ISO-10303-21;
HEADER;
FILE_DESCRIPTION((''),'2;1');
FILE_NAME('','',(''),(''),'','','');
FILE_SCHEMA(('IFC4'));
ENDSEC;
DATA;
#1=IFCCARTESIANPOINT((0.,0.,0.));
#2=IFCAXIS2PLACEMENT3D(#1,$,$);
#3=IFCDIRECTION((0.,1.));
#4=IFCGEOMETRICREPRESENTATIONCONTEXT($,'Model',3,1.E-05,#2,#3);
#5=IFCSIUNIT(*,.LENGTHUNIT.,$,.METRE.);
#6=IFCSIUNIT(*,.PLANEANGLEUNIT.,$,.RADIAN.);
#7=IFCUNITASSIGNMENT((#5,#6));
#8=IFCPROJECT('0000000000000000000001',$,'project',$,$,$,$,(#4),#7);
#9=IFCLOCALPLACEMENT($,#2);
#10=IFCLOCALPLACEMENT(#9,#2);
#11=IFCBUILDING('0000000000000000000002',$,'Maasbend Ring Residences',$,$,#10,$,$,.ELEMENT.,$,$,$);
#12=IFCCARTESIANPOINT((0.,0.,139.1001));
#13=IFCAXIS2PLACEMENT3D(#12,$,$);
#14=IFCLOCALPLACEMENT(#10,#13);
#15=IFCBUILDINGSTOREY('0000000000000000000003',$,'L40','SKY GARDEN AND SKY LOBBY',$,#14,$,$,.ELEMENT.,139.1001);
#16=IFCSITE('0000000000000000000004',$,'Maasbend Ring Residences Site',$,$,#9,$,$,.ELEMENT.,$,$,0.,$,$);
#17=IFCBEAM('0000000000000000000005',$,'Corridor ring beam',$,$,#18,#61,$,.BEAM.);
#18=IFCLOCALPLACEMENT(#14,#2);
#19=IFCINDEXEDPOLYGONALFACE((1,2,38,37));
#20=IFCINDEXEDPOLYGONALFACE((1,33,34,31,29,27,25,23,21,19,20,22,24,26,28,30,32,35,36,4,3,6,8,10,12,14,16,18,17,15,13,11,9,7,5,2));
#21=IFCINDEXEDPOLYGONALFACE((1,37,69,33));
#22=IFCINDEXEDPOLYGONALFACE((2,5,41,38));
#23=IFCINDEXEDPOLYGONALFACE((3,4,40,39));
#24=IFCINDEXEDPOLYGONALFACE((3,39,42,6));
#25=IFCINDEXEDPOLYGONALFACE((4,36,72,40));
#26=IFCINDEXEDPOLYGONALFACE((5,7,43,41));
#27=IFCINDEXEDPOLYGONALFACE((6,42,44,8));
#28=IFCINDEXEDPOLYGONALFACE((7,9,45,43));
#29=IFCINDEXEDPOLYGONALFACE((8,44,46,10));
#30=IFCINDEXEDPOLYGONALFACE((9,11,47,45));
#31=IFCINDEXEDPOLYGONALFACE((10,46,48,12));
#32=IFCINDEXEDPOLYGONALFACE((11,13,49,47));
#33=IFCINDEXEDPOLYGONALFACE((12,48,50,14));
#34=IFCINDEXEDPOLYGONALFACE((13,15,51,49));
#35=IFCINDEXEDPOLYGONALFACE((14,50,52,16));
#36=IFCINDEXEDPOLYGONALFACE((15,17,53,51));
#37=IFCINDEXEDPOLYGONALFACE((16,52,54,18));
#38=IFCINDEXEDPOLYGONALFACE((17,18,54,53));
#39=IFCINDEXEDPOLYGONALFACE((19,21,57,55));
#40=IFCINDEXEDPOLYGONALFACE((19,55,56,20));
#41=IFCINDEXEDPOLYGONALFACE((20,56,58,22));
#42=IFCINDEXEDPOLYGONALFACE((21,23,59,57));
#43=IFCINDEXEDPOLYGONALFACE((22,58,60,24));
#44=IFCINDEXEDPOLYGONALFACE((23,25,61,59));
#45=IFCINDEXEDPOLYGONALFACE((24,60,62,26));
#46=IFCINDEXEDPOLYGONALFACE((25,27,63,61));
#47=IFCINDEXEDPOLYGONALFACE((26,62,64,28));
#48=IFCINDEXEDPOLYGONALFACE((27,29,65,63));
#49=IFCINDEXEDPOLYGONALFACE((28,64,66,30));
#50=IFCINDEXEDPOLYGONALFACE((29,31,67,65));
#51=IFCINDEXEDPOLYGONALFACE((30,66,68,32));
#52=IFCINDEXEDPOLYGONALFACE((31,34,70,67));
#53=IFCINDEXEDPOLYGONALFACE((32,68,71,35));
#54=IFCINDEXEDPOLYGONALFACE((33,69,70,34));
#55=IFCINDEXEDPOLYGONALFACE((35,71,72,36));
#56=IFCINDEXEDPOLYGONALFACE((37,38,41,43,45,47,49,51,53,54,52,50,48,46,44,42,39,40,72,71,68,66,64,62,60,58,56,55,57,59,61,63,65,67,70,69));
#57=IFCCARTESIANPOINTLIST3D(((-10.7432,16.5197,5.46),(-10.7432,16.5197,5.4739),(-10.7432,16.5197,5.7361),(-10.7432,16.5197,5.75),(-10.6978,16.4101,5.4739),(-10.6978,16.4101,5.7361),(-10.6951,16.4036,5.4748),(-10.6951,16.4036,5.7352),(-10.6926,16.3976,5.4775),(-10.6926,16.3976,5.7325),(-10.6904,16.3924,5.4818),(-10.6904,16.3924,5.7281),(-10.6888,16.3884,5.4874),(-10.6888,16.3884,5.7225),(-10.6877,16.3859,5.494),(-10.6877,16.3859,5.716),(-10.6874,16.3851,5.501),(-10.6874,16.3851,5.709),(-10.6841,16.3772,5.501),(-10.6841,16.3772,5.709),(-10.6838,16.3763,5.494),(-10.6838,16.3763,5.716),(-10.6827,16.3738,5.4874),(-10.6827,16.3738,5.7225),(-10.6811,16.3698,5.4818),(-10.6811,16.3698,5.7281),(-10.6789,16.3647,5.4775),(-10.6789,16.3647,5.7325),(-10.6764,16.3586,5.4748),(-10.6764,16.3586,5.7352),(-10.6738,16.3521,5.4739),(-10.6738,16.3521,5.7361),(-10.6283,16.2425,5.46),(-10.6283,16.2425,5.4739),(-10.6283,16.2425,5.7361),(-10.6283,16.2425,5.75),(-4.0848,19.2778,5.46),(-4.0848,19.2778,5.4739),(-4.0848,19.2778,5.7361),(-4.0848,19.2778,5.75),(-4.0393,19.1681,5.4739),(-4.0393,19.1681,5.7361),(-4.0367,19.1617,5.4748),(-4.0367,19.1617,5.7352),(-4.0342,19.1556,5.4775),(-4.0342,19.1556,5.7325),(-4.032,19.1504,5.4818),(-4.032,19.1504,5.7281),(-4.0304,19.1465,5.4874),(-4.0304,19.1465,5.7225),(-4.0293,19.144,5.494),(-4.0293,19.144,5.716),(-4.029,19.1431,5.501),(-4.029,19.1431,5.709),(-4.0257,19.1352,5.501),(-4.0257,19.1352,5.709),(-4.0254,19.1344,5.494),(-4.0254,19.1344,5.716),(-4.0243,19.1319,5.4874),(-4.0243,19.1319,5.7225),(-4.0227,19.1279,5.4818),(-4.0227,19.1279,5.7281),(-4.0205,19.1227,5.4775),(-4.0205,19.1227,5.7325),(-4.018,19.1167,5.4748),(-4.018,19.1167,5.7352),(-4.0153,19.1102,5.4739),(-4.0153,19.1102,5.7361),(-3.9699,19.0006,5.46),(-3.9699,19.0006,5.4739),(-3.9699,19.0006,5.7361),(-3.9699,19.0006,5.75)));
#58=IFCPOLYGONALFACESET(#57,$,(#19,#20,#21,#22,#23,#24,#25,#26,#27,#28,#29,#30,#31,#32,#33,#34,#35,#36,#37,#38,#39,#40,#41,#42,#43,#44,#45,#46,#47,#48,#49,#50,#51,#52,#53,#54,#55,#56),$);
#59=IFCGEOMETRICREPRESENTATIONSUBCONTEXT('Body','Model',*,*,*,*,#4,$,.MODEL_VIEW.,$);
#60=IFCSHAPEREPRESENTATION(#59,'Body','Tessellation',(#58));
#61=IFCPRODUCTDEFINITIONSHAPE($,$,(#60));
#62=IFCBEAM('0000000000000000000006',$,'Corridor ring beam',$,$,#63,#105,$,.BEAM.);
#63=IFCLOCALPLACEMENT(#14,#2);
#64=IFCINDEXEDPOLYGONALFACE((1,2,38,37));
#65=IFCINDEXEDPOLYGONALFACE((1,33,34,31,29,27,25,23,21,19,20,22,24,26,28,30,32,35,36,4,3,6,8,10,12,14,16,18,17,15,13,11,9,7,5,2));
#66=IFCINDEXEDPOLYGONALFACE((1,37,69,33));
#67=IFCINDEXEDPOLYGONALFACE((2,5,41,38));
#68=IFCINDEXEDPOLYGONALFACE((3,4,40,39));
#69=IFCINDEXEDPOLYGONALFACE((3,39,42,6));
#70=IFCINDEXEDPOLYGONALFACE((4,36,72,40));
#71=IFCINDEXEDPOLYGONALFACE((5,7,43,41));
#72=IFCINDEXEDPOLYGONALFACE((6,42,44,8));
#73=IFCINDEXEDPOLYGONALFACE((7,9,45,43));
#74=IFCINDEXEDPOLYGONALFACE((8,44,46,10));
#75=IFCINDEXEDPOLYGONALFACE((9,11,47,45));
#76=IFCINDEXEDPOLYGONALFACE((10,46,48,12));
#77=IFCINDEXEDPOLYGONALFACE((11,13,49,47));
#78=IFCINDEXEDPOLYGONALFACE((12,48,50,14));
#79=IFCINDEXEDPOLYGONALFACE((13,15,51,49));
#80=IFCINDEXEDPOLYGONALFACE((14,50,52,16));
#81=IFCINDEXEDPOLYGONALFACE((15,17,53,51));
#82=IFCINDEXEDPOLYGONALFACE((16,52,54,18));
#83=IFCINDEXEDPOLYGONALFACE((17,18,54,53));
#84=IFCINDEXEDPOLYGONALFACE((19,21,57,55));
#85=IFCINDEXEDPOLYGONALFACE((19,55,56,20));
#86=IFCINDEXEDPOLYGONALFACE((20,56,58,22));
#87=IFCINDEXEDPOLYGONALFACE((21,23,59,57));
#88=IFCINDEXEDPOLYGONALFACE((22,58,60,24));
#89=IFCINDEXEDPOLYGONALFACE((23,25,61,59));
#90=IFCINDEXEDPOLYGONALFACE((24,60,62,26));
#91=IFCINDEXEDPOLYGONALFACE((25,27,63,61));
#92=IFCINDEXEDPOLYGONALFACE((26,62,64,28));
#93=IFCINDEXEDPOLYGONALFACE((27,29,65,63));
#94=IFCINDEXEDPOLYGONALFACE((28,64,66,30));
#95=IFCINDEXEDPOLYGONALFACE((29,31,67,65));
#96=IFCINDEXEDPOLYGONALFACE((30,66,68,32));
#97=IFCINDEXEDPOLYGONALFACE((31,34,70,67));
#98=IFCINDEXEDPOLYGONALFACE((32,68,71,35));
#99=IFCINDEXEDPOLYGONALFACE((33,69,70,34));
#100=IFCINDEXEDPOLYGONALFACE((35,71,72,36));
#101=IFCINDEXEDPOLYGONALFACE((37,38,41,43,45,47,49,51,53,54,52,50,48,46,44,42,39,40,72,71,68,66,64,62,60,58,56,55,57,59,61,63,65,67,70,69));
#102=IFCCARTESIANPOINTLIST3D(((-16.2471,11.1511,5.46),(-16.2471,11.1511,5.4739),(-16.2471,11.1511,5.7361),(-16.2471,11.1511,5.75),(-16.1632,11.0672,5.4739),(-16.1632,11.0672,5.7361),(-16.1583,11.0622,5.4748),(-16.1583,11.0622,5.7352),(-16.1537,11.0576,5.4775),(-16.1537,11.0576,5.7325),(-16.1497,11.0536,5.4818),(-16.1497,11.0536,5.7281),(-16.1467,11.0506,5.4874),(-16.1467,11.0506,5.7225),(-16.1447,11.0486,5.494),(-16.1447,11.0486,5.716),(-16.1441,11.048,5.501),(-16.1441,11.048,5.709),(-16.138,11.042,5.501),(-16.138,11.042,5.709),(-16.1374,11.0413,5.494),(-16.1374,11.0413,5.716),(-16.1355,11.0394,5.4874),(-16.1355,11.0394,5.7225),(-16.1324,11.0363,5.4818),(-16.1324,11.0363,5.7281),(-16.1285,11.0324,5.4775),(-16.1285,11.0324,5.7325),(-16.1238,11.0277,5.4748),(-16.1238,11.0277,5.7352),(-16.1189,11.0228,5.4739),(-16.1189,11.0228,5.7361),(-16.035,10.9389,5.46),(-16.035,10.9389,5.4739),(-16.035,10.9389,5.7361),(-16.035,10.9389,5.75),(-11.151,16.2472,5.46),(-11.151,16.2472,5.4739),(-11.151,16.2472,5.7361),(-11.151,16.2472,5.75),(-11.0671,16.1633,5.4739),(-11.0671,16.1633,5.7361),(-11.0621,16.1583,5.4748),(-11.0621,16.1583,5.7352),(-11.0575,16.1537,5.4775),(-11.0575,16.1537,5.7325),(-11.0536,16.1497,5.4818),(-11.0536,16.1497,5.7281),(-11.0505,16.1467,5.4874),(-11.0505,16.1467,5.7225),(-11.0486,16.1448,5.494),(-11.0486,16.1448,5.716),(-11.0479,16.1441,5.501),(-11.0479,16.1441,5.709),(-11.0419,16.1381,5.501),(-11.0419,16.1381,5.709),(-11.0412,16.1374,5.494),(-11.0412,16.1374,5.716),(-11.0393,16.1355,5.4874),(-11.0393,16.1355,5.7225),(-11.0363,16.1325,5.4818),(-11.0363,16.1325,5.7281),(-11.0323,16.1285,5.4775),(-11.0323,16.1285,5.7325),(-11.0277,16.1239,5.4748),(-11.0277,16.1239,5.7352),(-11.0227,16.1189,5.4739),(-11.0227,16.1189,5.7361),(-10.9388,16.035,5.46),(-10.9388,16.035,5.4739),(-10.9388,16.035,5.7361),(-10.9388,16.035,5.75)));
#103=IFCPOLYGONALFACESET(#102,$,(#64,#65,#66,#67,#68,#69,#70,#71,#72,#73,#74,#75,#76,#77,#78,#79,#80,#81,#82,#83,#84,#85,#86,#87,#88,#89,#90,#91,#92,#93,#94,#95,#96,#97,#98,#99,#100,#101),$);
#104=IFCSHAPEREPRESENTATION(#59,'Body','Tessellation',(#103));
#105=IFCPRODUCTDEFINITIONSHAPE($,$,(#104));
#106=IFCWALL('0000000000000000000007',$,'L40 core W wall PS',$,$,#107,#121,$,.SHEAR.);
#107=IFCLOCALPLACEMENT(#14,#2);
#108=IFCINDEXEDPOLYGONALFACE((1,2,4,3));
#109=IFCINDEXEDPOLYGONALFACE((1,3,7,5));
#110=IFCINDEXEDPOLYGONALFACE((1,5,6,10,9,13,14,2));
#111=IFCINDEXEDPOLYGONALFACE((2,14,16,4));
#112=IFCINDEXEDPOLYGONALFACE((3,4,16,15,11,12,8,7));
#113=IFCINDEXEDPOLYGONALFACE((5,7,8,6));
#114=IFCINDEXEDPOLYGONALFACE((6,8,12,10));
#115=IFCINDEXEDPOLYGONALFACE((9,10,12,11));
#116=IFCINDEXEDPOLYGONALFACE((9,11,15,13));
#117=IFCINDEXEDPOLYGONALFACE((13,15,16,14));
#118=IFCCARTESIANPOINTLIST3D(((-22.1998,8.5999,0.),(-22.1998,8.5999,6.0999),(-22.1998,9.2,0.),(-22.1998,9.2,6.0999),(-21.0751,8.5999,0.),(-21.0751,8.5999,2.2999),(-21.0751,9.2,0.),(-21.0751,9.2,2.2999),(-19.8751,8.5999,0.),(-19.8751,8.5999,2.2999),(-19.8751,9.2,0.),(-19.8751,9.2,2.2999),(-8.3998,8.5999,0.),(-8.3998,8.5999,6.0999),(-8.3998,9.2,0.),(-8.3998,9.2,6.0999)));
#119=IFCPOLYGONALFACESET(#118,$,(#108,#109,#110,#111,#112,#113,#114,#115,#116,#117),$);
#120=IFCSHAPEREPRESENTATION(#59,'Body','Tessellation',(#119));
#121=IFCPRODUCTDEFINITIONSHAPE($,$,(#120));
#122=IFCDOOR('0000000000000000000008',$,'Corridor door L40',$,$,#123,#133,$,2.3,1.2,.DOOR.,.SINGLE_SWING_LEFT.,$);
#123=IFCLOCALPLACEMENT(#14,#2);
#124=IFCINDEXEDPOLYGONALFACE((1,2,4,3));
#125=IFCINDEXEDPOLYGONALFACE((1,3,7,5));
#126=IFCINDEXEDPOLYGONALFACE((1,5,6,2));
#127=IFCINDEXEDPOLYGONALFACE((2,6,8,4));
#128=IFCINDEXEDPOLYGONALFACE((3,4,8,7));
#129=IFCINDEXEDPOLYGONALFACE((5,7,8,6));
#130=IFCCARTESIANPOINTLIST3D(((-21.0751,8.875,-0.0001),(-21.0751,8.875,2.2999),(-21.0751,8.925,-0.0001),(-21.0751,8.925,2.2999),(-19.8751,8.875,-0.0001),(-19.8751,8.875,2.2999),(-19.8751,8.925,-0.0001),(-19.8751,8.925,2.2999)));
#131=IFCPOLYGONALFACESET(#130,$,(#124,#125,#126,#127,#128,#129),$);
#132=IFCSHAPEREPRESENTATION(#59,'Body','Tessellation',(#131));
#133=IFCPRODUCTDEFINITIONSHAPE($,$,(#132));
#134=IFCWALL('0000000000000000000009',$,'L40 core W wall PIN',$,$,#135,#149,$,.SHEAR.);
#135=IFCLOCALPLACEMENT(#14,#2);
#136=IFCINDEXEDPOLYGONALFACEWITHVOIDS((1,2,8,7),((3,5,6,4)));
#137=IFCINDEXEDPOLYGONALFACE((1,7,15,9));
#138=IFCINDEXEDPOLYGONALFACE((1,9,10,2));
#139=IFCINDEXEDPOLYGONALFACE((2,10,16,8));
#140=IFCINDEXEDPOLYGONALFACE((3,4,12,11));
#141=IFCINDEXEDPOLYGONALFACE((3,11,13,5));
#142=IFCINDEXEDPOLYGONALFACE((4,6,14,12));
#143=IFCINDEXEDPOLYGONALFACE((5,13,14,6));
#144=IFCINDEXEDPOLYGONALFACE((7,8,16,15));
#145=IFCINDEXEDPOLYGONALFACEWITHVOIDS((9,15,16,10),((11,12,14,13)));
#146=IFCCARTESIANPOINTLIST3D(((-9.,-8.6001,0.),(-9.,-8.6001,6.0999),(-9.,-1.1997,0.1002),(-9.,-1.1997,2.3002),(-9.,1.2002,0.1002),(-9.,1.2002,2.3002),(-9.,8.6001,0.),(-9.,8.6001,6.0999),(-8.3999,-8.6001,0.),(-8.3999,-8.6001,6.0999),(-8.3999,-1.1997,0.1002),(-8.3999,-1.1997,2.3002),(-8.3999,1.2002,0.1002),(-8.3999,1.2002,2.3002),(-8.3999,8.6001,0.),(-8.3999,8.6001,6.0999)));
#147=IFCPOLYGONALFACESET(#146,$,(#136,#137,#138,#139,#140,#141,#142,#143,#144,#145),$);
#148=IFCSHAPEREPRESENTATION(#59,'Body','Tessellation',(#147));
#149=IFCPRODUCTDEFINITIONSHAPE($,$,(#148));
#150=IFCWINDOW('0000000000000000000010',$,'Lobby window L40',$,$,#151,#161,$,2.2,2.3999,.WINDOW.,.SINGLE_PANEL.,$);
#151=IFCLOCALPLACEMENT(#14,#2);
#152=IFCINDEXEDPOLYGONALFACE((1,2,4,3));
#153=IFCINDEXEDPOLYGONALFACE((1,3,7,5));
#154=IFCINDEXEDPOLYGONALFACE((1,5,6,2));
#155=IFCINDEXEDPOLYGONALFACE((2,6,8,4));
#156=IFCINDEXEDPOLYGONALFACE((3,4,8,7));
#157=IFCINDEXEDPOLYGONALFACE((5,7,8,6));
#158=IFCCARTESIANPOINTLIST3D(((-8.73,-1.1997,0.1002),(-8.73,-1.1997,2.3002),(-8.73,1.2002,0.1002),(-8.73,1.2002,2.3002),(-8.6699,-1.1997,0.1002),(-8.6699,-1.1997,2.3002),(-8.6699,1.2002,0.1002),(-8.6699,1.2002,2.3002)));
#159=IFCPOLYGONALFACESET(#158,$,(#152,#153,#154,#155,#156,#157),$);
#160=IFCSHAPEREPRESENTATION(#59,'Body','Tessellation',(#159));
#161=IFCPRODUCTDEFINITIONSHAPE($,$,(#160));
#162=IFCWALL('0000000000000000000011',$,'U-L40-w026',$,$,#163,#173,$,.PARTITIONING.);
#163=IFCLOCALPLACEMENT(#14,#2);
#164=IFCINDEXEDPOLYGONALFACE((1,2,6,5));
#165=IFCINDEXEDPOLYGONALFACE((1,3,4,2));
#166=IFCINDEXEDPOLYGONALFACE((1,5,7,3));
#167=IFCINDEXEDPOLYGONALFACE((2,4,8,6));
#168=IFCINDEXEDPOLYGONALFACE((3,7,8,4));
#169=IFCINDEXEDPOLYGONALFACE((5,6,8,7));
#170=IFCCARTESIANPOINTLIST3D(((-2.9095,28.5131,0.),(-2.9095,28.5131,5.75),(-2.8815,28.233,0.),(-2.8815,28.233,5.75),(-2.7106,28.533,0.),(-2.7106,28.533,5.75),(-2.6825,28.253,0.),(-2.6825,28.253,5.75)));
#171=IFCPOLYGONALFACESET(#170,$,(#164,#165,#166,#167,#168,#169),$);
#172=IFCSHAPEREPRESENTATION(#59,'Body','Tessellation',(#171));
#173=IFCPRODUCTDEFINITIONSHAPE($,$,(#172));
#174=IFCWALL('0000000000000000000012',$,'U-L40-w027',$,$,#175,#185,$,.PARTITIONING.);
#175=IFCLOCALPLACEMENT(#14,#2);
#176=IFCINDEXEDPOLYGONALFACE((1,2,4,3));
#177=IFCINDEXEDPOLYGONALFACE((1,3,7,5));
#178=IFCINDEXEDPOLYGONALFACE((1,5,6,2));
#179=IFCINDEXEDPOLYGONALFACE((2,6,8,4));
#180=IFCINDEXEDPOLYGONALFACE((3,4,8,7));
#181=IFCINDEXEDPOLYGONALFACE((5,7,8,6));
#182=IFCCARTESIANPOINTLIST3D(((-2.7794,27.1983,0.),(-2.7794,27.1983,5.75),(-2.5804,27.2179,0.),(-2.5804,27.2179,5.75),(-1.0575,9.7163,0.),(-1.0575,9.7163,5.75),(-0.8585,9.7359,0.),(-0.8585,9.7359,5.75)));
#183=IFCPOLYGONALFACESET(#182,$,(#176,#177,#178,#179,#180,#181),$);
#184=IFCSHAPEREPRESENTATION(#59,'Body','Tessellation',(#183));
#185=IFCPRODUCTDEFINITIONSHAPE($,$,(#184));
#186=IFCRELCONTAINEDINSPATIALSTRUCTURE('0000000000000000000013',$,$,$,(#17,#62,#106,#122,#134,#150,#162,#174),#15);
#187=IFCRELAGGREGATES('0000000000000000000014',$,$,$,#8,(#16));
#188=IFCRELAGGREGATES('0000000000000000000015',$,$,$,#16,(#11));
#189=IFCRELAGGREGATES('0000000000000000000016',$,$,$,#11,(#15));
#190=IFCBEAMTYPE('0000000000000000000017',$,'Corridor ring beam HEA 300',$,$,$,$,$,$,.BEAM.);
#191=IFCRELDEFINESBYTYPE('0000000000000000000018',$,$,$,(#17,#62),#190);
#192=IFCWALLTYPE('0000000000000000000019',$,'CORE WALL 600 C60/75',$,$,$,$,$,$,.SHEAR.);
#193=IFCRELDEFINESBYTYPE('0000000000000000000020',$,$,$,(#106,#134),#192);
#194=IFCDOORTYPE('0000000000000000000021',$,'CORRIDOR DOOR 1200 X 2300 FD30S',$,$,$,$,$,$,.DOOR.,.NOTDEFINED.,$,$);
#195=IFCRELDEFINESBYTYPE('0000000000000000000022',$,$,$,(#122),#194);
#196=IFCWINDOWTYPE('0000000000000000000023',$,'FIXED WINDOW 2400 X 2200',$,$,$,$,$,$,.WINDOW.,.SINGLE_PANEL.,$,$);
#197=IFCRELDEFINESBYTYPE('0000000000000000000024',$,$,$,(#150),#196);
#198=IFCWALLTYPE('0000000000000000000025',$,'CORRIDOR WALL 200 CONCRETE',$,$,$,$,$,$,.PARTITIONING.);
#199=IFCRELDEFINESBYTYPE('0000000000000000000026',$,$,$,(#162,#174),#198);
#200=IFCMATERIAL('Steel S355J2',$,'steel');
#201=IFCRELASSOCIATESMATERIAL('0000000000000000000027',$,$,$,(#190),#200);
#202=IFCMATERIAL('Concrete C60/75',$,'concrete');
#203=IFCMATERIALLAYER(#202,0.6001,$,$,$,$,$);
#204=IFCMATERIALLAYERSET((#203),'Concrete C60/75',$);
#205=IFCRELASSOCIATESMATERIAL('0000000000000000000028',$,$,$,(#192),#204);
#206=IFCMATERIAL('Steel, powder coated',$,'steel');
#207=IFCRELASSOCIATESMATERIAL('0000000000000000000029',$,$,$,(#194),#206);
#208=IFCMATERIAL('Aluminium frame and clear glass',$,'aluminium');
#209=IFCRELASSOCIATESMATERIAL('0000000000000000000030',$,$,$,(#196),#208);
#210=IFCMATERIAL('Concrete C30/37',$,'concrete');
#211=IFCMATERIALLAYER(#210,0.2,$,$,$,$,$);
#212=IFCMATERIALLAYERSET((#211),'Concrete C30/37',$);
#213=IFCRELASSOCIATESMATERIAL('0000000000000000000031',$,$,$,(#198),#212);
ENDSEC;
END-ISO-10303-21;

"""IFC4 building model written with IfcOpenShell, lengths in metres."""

from ifc_helpers import new_model, si_unit, direction, frame, frame_2d, origin, origin_2d, place, context, subcontext, project, spatial, rectangle, i_section, extrude, material, layer, layer_set, material_profile, profile_set, type_object, element, fill, save


model = new_model("IFC4")

# Units and contexts
model_context = context("Model", 3, precision=1e-05, world=origin(), true_north=direction((0.0, 1.0)))
body_context = subcontext(model_context, "Body", "Model", "MODEL_VIEW")
ifc_project = project(units=[si_unit("LENGTHUNIT", "METRE"), si_unit("PLANEANGLEUNIT", "RADIAN")], contexts=[model_context])

# Site, building, storey
site_placement = place(None, origin())
site = spatial("IfcSite", under=ifc_project, at=site_placement, Name="Maasbend Ring Residences Site", CompositionType="ELEMENT", RefElevation=0.0)
building_placement = place(site_placement, origin())
building = spatial("IfcBuilding", under=site, at=building_placement, Name="Maasbend Ring Residences", CompositionType="ELEMENT")
storey_placement = place(building_placement, frame((0.0, 0.0, 139.1001)))
storey = spatial("IfcBuildingStorey", under=building, at=storey_placement, Name="L40", Description="SKY GARDEN AND SKY LOBBY", CompositionType="ELEMENT", Elevation=139.1001)

# Beams
ifc_material_1 = material(Name="Steel S355J2", Category="steel")
ifc_material_profile_1 = material_profile(ifc_material_1, i_section(OverallWidth=0.3, OverallDepth=0.29, WebThickness=0.0085, FlangeThickness=0.0139, FilletRadius=0.0271, at=origin_2d()), Name="HEA 300")
ifc_profile_set_1 = profile_set([ifc_material_profile_1], Name="Steel S355J2")
beam_type_1 = type_object("IfcBeamType", Name="Corridor ring beam HEA 300", PredefinedType="BEAM", material=ifc_profile_set_1)
for number, where, z_axis, x_axis, name in (
    (1, (-4.0273, 19.1392, 5.605), (-0.923878, -0.382688, 0.0), (0.382688, -0.923878, 0.0), "Corridor ring beam"),
    (2, (-11.0449, 16.1411, 5.605), (-0.707107, -0.707107, 0.0), (0.707107, -0.707107, 0.0), "Corridor ring beam"),
):
    element("IfcBeam", number, at=place(storey_placement, frame(where, z_axis=z_axis, x_axis=x_axis)), inside=storey, type_object=beam_type_1, Name=name, PredefinedType="BEAM", context=body_context, shape_type="SweptSolid", body=[
        extrude(i_section(OverallWidth=0.3, OverallDepth=0.29, WebThickness=0.0085, FlangeThickness=0.0139, FilletRadius=0.0271, at=origin_2d()), origin(), (0.0, 0.0, 1.0), 7.207),
    ])

# Wall, opening, door
ifc_material_2 = material(Name="Concrete C60/75", Category="concrete")
ifc_layer_1 = layer(ifc_material_2, 0.6001)
ifc_layer_set_1 = layer_set([ifc_layer_1], Name="Concrete C60/75")
wall_type_1 = type_object("IfcWallType", Name="CORE WALL 600 C60/75", PredefinedType="SHEAR", material=ifc_layer_set_1)
wall_1_placement = place(storey_placement, frame((-8.3999, 8.8999, 0.0), z_axis=(0.0, 0.0, 1.0), x_axis=(-1.0, 0.0, 0.0)))
wall_1 = element("IfcWall", 3, at=wall_1_placement, inside=storey, type_object=wall_type_1, Name="L40 core W wall PS", PredefinedType="SHEAR", context=body_context, shape_type="SweptSolid", body=[
    extrude(rectangle(XDim=13.8, YDim=0.6001, at=frame_2d((6.8999, 0.0))), origin(), (0.0, 0.0, 1.0), 6.0999),
])
opening_1_placement = place(wall_1_placement, frame((11.4751, 0.0, 0.0)))
opening_1 = element("IfcOpeningElement", 4, at=opening_1_placement, cuts=wall_1, PredefinedType="OPENING", context=body_context, shape_type="SweptSolid", body=[
    extrude(rectangle(XDim=1.2, YDim=2.3, at=frame_2d((0.6001, 1.1499))), frame((0.0, 0.3101, 0.0), z_axis=(0.0, -1.0, 0.0), x_axis=(1.0, 0.0, 0.0)), (0.0, 0.0, 1.0), 0.6201),
])
ifc_material_3 = material(Name="Steel, powder coated", Category="steel")
door_type_1 = type_object("IfcDoorType", Name="CORRIDOR DOOR 1200 X 2300 FD30S", OperationType="NOTDEFINED", PredefinedType="DOOR", material=ifc_material_3)
door_1_placement = place(opening_1_placement, origin())
door_1 = element("IfcDoor", 5, at=door_1_placement, inside=storey, type_object=door_type_1, Name="Corridor door L40", OperationType="SINGLE_SWING_LEFT", OverallHeight=2.3, OverallWidth=1.2, PredefinedType="DOOR", context=body_context, shape_type="SweptSolid", body=[
    extrude(rectangle(XDim=1.2, YDim=2.3, at=frame_2d((0.6001, 1.1499))), frame((0.0, 0.0249, 0.0), z_axis=(0.0, -1.0, 0.0), x_axis=(1.0, 0.0, 0.0)), (0.0, 0.0, 1.0), 0.05),
])
fill(opening_1, door_1)

# Wall, opening, window
wall_2_placement = place(storey_placement, frame((-8.7, 8.6001, 0.0), z_axis=(0.0, 0.0, 1.0), x_axis=(0.0, -1.0, 0.0)))
wall_2 = element("IfcWall", 6, at=wall_2_placement, inside=storey, type_object=wall_type_1, Name="L40 core W wall PIN", PredefinedType="SHEAR", context=body_context, shape_type="SweptSolid", body=[
    extrude(rectangle(XDim=17.2002, YDim=0.6001, at=frame_2d((8.6001, 0.0))), origin(), (0.0, 0.0, 1.0), 6.0999),
])
opening_2_placement = place(wall_2_placement, frame((7.3999, 0.0, 0.1001)))
opening_2 = element("IfcOpeningElement", 7, at=opening_2_placement, cuts=wall_2, PredefinedType="OPENING", context=body_context, shape_type="SweptSolid", body=[
    extrude(rectangle(XDim=2.3999, YDim=2.2, at=frame_2d((1.2, 1.1001))), frame((0.0, 0.3101, 0.0), z_axis=(0.0, -1.0, 0.0), x_axis=(1.0, 0.0, 0.0)), (0.0, 0.0, 1.0), 0.6201),
])
ifc_material_4 = material(Name="Aluminium frame and clear glass", Category="aluminium")
window_type = type_object("IfcWindowType", Name="FIXED WINDOW 2400 X 2200", PartitioningType="SINGLE_PANEL", PredefinedType="WINDOW", material=ifc_material_4)
window_placement = place(opening_2_placement, origin())
window = element("IfcWindow", 8, at=window_placement, inside=storey, type_object=window_type, Name="Lobby window L40", OverallHeight=2.2, OverallWidth=2.3999, PartitioningType="SINGLE_PANEL", PredefinedType="WINDOW", context=body_context, shape_type="SweptSolid", body=[
    extrude(rectangle(XDim=2.3999, YDim=2.2, at=frame_2d((1.2, 1.1001))), frame((0.0, 0.03, 0.0), z_axis=(0.0, -1.0, 0.0), x_axis=(1.0, 0.0, 0.0)), (0.0, 0.0, 1.0), 0.0601),
])
fill(opening_2, window)

# Walls
ifc_material_5 = material(Name="Concrete C30/37", Category="concrete")
ifc_layer_2 = layer(ifc_material_5, 0.2)
ifc_layer_set_2 = layer_set([ifc_layer_2], Name="Concrete C30/37")
wall_type_2 = type_object("IfcWallType", Name="CORRIDOR WALL 200 CONCRETE", PredefinedType="PARTITIONING", material=ifc_layer_set_2)
wall_3_placement = place(storey_placement, frame((-2.8101, 28.5229, 0.0), z_axis=(0.0, 0.0, 1.0), x_axis=(0.099761, -0.995011, 0.0)))
element("IfcWall", 9, at=wall_3_placement, inside=storey, type_object=wall_type_2, Name="U-L40-w026", PredefinedType="PARTITIONING", context=body_context, shape_type="SweptSolid", body=[
    extrude(rectangle(XDim=0.2815, YDim=0.2, at=frame_2d((0.1406, 0.0))), origin(), (0.0, 0.0, 1.0), 5.75),
])
wall_4_placement = place(storey_placement, frame((-2.6799, 27.208, 0.0), z_axis=(0.0, 0.0, 1.0), x_axis=(0.098023, -0.995184, 0.0)))
element("IfcWall", 10, at=wall_4_placement, inside=storey, type_object=wall_type_2, Name="U-L40-w027", PredefinedType="PARTITIONING", context=body_context, shape_type="SweptSolid", body=[
    extrude(rectangle(XDim=17.5667, YDim=0.2, at=frame_2d((8.7832, 0.0))), origin(), (0.0, 0.0, 1.0), 5.75),
])

save(model, "model.ifc")
